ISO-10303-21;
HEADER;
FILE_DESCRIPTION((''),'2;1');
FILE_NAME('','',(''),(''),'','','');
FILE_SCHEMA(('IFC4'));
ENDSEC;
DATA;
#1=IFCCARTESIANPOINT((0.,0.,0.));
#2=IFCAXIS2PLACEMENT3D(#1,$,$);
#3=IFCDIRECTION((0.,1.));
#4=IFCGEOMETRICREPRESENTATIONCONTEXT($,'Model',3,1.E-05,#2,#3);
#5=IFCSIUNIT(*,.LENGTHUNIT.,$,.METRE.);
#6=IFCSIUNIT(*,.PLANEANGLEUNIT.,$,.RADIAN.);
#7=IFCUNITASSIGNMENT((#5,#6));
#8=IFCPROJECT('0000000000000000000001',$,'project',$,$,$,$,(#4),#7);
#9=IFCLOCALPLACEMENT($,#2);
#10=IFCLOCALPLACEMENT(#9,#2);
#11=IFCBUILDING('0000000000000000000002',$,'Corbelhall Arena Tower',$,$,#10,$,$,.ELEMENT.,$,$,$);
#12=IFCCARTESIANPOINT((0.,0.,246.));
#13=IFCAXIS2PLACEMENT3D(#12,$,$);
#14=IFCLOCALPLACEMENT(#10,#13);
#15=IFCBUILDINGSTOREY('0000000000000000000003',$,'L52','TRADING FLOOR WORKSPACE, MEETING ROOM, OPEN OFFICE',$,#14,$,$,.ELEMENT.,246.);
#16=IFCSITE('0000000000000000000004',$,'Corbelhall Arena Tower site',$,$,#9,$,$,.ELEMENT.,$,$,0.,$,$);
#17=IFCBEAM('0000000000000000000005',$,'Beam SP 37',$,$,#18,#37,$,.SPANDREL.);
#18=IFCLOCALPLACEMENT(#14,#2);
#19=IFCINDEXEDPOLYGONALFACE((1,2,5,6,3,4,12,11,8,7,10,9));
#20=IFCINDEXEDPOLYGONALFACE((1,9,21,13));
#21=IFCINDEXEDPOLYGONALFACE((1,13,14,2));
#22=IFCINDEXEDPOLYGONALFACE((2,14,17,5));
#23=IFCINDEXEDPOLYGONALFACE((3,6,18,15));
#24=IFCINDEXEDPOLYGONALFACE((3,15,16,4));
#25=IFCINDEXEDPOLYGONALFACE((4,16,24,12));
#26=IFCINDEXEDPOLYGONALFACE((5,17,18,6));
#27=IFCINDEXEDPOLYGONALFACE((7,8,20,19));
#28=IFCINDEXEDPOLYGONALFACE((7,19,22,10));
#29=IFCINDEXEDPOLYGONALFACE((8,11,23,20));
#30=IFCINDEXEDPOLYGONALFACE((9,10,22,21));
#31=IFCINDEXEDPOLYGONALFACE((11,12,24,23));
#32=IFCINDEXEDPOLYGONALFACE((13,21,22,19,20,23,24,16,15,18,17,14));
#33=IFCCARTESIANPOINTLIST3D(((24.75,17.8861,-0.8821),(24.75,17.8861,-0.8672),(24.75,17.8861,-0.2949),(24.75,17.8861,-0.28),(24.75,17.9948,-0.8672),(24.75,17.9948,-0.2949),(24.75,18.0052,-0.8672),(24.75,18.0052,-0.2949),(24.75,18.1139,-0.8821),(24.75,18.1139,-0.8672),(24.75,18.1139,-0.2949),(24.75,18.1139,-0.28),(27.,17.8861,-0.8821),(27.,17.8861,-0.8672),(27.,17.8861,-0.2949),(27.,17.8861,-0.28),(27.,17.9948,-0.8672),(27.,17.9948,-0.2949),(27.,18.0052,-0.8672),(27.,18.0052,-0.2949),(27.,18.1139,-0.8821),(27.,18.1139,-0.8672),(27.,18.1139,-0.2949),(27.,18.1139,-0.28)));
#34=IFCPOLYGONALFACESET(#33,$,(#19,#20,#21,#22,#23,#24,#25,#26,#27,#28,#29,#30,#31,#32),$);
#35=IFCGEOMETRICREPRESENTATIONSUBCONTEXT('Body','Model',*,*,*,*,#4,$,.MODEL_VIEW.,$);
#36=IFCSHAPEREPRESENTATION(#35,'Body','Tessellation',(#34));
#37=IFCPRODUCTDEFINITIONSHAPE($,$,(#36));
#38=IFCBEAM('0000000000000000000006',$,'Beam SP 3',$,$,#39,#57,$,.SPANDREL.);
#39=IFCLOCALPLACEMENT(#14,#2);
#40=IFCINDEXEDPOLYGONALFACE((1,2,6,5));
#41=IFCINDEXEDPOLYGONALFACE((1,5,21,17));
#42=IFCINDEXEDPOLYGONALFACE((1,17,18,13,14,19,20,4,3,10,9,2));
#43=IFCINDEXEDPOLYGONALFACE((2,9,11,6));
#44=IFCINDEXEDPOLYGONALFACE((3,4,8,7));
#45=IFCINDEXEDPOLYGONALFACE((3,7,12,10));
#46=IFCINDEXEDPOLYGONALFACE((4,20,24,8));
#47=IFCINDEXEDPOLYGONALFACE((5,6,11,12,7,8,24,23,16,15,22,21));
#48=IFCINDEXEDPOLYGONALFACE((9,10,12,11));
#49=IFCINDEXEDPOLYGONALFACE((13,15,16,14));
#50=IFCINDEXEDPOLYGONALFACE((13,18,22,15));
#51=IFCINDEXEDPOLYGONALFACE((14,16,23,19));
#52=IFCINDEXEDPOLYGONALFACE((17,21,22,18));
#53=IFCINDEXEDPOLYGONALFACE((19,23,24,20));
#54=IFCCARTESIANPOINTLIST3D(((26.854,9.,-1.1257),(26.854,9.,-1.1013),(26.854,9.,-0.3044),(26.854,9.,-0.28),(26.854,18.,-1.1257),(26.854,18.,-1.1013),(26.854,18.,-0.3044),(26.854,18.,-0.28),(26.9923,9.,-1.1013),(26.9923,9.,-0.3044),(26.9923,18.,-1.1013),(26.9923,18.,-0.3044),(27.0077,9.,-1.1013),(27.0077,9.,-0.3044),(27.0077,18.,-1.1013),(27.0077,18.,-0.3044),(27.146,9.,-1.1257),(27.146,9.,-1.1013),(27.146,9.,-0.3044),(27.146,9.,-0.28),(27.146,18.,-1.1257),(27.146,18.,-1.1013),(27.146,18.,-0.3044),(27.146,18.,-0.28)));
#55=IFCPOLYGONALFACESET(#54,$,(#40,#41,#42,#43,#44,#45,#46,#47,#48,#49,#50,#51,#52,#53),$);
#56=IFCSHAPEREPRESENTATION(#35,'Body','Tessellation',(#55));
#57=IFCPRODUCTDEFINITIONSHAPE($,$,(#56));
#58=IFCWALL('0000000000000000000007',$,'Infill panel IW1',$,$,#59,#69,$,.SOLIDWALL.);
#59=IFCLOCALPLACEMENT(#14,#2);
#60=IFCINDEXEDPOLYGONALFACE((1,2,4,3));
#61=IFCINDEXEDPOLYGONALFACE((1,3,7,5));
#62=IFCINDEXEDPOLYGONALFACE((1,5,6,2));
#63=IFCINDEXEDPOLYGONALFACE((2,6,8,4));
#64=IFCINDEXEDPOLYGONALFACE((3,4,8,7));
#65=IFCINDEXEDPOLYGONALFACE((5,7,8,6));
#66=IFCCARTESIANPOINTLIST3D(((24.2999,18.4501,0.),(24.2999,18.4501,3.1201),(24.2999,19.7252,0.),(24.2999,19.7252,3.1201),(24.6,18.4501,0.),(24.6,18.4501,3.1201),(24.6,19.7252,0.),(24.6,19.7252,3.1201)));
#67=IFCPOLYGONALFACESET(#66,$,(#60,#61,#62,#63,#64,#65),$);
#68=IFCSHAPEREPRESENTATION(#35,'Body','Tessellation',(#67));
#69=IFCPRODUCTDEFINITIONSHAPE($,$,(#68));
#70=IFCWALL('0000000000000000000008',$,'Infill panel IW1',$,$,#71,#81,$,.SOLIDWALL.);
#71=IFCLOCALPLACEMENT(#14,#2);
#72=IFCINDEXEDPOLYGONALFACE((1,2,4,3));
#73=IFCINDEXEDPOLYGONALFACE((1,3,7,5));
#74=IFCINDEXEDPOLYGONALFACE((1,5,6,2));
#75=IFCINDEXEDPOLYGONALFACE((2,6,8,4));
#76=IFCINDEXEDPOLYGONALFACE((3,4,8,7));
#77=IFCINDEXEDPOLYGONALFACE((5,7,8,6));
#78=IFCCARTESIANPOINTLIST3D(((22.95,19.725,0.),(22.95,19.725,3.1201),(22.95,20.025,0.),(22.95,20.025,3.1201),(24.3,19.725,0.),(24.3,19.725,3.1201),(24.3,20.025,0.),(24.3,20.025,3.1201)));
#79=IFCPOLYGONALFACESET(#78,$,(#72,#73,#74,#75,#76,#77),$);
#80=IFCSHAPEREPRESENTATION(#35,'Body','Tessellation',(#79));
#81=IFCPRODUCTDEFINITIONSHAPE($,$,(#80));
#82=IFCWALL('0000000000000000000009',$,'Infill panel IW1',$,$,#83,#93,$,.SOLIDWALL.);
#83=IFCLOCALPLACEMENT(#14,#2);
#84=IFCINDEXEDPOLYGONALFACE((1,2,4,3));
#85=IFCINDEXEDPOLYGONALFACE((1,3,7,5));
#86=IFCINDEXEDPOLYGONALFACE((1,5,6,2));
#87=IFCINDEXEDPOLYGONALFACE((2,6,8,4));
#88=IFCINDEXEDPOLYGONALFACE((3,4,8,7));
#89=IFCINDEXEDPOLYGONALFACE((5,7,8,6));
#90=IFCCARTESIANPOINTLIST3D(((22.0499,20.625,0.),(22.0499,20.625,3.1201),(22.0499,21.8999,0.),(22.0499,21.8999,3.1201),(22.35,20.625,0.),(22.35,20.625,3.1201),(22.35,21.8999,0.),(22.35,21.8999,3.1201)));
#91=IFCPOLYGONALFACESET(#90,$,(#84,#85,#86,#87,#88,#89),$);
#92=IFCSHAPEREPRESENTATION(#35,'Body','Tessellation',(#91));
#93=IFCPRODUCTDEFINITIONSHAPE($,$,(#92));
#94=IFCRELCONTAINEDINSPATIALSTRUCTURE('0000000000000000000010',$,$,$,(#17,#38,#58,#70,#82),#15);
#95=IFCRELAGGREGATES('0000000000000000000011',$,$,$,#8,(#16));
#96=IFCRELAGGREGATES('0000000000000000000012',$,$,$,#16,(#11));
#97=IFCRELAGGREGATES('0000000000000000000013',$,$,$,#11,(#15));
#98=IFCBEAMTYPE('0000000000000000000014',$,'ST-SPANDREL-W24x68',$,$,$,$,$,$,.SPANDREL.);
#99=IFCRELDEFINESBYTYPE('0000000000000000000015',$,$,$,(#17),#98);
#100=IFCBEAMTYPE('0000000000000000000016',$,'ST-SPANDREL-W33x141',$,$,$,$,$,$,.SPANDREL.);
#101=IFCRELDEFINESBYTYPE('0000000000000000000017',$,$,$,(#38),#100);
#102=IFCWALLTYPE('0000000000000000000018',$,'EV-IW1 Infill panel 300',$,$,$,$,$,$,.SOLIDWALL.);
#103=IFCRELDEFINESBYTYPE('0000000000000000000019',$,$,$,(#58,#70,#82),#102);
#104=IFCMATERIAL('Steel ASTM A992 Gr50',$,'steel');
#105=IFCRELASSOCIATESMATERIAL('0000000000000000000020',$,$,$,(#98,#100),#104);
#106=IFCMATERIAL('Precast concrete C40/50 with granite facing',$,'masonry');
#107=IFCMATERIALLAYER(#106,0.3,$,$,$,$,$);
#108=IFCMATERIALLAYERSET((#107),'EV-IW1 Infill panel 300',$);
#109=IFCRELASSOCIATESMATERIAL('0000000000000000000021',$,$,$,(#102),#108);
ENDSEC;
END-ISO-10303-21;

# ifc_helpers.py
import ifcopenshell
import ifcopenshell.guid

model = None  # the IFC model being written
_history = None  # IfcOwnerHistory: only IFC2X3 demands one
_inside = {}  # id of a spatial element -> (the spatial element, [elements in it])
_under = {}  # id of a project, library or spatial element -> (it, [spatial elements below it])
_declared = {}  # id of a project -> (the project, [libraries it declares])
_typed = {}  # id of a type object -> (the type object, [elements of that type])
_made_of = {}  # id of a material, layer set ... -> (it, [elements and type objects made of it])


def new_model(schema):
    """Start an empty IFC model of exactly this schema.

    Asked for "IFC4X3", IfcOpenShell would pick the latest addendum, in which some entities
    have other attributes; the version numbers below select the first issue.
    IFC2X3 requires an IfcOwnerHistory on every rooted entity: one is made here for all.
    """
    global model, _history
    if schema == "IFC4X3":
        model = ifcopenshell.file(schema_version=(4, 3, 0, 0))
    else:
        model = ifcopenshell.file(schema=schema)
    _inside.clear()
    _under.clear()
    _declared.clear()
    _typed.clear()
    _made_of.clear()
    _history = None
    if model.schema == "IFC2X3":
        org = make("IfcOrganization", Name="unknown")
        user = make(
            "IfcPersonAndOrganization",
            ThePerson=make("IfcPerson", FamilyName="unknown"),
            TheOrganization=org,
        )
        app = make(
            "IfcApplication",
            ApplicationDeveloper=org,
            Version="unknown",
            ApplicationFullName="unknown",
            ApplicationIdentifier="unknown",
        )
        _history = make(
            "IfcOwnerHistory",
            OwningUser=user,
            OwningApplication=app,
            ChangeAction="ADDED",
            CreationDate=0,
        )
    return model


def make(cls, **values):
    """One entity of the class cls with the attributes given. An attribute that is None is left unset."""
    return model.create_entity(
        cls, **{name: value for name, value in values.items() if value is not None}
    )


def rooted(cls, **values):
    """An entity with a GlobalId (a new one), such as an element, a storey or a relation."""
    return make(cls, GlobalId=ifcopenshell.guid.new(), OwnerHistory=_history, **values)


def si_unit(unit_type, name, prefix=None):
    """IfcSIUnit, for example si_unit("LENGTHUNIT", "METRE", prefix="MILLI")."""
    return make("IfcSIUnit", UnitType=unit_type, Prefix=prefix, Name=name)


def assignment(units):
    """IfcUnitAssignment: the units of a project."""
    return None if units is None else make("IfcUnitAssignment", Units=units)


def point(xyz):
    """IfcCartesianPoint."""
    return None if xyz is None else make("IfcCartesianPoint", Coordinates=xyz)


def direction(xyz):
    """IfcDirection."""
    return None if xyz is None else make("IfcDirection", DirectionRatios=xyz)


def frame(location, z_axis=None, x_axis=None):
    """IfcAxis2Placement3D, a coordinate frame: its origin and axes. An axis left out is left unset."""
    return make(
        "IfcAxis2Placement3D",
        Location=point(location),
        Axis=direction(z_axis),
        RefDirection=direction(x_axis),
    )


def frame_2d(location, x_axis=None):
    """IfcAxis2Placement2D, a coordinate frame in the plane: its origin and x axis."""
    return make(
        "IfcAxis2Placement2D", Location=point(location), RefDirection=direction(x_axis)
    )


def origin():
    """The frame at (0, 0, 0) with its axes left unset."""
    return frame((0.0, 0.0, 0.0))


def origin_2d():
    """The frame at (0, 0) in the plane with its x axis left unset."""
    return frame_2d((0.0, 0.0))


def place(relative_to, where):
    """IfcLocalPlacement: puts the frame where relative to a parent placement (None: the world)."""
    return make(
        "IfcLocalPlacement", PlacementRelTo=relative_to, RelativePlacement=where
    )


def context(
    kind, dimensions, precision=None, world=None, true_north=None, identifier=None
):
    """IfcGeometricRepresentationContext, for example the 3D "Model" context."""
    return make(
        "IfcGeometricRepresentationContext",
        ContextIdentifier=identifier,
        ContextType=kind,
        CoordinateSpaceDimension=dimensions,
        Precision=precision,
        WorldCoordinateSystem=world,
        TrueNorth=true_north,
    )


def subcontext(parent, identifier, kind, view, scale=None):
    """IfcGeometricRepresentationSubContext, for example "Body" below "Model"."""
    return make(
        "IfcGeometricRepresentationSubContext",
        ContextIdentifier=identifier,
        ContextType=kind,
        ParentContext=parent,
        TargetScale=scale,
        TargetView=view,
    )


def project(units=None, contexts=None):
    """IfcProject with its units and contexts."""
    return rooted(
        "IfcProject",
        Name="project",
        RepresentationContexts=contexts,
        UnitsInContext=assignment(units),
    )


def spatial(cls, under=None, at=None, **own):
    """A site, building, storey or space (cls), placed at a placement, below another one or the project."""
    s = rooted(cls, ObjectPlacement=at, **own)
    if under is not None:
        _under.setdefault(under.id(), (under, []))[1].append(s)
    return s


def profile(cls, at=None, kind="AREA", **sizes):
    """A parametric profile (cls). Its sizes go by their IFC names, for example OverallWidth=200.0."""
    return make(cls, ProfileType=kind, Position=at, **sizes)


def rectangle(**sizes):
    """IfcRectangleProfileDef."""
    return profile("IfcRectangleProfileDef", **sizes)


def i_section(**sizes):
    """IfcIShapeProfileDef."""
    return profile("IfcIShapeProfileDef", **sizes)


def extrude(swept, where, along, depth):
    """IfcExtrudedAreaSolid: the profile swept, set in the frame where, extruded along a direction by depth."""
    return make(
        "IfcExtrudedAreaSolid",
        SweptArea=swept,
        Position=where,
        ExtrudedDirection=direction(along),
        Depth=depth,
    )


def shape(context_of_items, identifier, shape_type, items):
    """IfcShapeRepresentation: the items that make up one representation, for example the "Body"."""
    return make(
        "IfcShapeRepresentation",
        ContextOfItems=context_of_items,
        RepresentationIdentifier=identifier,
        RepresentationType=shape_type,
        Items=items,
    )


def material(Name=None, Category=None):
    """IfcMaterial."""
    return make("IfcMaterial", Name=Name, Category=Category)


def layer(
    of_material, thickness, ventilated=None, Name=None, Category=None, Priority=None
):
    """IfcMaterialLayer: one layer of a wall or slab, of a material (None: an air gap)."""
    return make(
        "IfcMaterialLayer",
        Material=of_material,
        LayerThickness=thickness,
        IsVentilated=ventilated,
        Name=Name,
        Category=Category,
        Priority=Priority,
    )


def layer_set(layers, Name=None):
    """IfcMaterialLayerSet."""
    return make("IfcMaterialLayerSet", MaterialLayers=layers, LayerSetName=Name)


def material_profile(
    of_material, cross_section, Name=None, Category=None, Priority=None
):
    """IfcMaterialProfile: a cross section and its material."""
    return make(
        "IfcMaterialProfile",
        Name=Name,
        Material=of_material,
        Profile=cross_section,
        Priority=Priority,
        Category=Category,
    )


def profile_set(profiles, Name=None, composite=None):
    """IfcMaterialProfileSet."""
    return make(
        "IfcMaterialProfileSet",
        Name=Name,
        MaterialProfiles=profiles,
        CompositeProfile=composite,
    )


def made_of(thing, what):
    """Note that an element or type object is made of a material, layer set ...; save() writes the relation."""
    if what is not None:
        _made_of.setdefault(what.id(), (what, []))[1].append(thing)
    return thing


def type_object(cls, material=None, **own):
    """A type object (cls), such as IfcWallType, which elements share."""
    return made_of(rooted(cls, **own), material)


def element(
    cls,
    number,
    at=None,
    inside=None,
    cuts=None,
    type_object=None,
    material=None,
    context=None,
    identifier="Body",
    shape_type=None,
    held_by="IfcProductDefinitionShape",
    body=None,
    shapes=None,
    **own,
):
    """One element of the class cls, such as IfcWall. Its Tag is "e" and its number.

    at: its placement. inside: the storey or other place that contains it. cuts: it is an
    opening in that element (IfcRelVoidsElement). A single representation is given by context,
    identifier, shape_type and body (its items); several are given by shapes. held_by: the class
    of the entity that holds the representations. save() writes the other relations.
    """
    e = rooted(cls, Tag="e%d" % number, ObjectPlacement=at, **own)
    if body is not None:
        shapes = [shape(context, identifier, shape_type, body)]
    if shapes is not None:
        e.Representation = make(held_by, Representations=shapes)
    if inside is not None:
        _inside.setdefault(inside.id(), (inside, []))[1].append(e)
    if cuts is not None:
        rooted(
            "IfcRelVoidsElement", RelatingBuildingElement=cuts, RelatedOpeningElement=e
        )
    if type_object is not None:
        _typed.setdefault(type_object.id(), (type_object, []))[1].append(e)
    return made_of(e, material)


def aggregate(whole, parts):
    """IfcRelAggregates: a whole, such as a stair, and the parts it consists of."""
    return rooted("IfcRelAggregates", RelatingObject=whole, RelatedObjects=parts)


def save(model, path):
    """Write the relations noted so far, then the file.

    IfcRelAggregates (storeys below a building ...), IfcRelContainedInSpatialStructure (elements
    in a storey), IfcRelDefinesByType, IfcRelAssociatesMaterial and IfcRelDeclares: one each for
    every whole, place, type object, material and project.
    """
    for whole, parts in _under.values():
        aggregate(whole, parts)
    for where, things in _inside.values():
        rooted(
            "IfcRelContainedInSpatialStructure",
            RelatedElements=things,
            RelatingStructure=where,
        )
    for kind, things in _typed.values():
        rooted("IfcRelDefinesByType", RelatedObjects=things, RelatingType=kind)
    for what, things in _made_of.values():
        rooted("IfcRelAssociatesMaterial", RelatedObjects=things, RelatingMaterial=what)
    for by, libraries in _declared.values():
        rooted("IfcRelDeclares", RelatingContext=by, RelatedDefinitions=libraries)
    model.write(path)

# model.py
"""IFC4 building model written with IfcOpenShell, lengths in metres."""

from ifc_helpers import new_model, si_unit, direction, frame, frame_2d, origin, origin_2d, place, context, subcontext, project, spatial, rectangle, i_section, extrude, material, layer, layer_set, material_profile, profile_set, type_object, element, save


model = new_model("IFC4")

# Units and contexts
model_context = context("Model", 3, precision=1e-05, world=origin(), true_north=direction((0.0, 1.0)))
body_context = subcontext(model_context, "Body", "Model", "MODEL_VIEW")
ifc_project = project(units=[si_unit("LENGTHUNIT", "METRE"), si_unit("PLANEANGLEUNIT", "RADIAN")], contexts=[model_context])

# Site, building, storey
site_placement = place(None, origin())
site = spatial("IfcSite", under=ifc_project, at=site_placement, Name="Corbelhall Arena Tower site", CompositionType="ELEMENT", RefElevation=0.0)
building_placement = place(site_placement, origin())
building = spatial("IfcBuilding", under=site, at=building_placement, Name="Corbelhall Arena Tower", CompositionType="ELEMENT")
storey_placement = place(building_placement, frame((0.0, 0.0, 246.0)))
storey = spatial("IfcBuildingStorey", under=building, at=storey_placement, Name="L52", Description="TRADING FLOOR WORKSPACE, MEETING ROOM, OPEN OFFICE", CompositionType="ELEMENT", Elevation=246.0)

# Beams
ifc_material_1 = material(Name="Steel ASTM A992 Gr50", Category="steel")
ifc_material_profile_1 = material_profile(ifc_material_1, i_section(OverallWidth=0.2278, OverallDepth=0.6021, WebThickness=0.0105, FlangeThickness=0.0149, at=origin_2d()))
ifc_profile_set_1 = profile_set([ifc_material_profile_1], Name="Steel ASTM A992 Gr50")
beam_type_1 = type_object("IfcBeamType", Name="ST-SPANDREL-W24x68", PredefinedType="SPANDREL", material=ifc_profile_set_1)
beam_1_placement = place(storey_placement, frame((24.75, 18.0, -0.5811), z_axis=(1.0, 0.0, 0.0), x_axis=(0.0, 1.0, 0.0)))
element("IfcBeam", 1, at=beam_1_placement, inside=storey, type_object=beam_type_1, Name="Beam SP 37", PredefinedType="SPANDREL", context=body_context, shape_type="SweptSolid", body=[
    extrude(i_section(OverallWidth=0.2278, OverallDepth=0.6021, WebThickness=0.0105, FlangeThickness=0.0149, at=origin_2d()), origin(), (0.0, 0.0, 1.0), 2.25),
])
ifc_material_profile_2 = material_profile(ifc_material_1, i_section(OverallWidth=0.292, OverallDepth=0.8457, WebThickness=0.0154, FlangeThickness=0.0244, at=origin_2d()))
ifc_profile_set_2 = profile_set([ifc_material_profile_2], Name="Steel ASTM A992 Gr50")
beam_type_2 = type_object("IfcBeamType", Name="ST-SPANDREL-W33x141", PredefinedType="SPANDREL", material=ifc_profile_set_2)
beam_2_placement = place(storey_placement, frame((27.0, 18.0, -0.7029), z_axis=(0.0, -1.0, 0.0), x_axis=(1.0, 0.0, 0.0)))
element("IfcBeam", 2, at=beam_2_placement, inside=storey, type_object=beam_type_2, Name="Beam SP 3", PredefinedType="SPANDREL", context=body_context, shape_type="SweptSolid", body=[
    extrude(i_section(OverallWidth=0.292, OverallDepth=0.8457, WebThickness=0.0154, FlangeThickness=0.0244, at=origin_2d()), origin(), (0.0, 0.0, 1.0), 9.0),
])

# Walls
ifc_material_2 = material(Name="Precast concrete C40/50 with granite facing", Category="masonry")
ifc_layer_1 = layer(ifc_material_2, 0.3)
ifc_layer_set_1 = layer_set([ifc_layer_1], Name="EV-IW1 Infill panel 300")
wall_type_1 = type_object("IfcWallType", Name="EV-IW1 Infill panel 300", PredefinedType="SOLIDWALL", material=ifc_layer_set_1)
wall_1_placement = place(storey_placement, frame((24.45, 18.45, 0.0), z_axis=(0.0, 0.0, 1.0), x_axis=(0.0, 1.0, 0.0)))
element("IfcWall", 3, at=wall_1_placement, inside=storey, type_object=wall_type_1, Name="Infill panel IW1", PredefinedType="SOLIDWALL", context=body_context, shape_type="SweptSolid", body=[
    extrude(rectangle(XDim=1.2751, YDim=0.3, at=frame_2d((0.6377, 0.0))), origin(), (0.0, 0.0, 1.0), 3.1201),
])
wall_2_placement = place(storey_placement, frame((24.3, 19.875, 0.0), z_axis=(0.0, 0.0, 1.0), x_axis=(-1.0, 0.0, 0.0)))
element("IfcWall", 4, at=wall_2_placement, inside=storey, type_object=wall_type_1, Name="Infill panel IW1", PredefinedType="SOLIDWALL", context=body_context, shape_type="SweptSolid", body=[
    extrude(rectangle(XDim=1.3501, YDim=0.3, at=frame_2d((0.675, 0.0))), origin(), (0.0, 0.0, 1.0), 3.1201),
])
wall_3_placement = place(storey_placement, frame((22.2, 20.625, 0.0), z_axis=(0.0, 0.0, 1.0), x_axis=(0.0, 1.0, 0.0)))
element("IfcWall", 5, at=wall_3_placement, inside=storey, type_object=wall_type_1, Name="Infill panel IW1", PredefinedType="SOLIDWALL", context=body_context, shape_type="SweptSolid", body=[
    extrude(rectangle(XDim=1.2749, YDim=0.3, at=frame_2d((0.6375, 0.0))), origin(), (0.0, 0.0, 1.0), 3.1201),
])

save(model, "model.ifc")
